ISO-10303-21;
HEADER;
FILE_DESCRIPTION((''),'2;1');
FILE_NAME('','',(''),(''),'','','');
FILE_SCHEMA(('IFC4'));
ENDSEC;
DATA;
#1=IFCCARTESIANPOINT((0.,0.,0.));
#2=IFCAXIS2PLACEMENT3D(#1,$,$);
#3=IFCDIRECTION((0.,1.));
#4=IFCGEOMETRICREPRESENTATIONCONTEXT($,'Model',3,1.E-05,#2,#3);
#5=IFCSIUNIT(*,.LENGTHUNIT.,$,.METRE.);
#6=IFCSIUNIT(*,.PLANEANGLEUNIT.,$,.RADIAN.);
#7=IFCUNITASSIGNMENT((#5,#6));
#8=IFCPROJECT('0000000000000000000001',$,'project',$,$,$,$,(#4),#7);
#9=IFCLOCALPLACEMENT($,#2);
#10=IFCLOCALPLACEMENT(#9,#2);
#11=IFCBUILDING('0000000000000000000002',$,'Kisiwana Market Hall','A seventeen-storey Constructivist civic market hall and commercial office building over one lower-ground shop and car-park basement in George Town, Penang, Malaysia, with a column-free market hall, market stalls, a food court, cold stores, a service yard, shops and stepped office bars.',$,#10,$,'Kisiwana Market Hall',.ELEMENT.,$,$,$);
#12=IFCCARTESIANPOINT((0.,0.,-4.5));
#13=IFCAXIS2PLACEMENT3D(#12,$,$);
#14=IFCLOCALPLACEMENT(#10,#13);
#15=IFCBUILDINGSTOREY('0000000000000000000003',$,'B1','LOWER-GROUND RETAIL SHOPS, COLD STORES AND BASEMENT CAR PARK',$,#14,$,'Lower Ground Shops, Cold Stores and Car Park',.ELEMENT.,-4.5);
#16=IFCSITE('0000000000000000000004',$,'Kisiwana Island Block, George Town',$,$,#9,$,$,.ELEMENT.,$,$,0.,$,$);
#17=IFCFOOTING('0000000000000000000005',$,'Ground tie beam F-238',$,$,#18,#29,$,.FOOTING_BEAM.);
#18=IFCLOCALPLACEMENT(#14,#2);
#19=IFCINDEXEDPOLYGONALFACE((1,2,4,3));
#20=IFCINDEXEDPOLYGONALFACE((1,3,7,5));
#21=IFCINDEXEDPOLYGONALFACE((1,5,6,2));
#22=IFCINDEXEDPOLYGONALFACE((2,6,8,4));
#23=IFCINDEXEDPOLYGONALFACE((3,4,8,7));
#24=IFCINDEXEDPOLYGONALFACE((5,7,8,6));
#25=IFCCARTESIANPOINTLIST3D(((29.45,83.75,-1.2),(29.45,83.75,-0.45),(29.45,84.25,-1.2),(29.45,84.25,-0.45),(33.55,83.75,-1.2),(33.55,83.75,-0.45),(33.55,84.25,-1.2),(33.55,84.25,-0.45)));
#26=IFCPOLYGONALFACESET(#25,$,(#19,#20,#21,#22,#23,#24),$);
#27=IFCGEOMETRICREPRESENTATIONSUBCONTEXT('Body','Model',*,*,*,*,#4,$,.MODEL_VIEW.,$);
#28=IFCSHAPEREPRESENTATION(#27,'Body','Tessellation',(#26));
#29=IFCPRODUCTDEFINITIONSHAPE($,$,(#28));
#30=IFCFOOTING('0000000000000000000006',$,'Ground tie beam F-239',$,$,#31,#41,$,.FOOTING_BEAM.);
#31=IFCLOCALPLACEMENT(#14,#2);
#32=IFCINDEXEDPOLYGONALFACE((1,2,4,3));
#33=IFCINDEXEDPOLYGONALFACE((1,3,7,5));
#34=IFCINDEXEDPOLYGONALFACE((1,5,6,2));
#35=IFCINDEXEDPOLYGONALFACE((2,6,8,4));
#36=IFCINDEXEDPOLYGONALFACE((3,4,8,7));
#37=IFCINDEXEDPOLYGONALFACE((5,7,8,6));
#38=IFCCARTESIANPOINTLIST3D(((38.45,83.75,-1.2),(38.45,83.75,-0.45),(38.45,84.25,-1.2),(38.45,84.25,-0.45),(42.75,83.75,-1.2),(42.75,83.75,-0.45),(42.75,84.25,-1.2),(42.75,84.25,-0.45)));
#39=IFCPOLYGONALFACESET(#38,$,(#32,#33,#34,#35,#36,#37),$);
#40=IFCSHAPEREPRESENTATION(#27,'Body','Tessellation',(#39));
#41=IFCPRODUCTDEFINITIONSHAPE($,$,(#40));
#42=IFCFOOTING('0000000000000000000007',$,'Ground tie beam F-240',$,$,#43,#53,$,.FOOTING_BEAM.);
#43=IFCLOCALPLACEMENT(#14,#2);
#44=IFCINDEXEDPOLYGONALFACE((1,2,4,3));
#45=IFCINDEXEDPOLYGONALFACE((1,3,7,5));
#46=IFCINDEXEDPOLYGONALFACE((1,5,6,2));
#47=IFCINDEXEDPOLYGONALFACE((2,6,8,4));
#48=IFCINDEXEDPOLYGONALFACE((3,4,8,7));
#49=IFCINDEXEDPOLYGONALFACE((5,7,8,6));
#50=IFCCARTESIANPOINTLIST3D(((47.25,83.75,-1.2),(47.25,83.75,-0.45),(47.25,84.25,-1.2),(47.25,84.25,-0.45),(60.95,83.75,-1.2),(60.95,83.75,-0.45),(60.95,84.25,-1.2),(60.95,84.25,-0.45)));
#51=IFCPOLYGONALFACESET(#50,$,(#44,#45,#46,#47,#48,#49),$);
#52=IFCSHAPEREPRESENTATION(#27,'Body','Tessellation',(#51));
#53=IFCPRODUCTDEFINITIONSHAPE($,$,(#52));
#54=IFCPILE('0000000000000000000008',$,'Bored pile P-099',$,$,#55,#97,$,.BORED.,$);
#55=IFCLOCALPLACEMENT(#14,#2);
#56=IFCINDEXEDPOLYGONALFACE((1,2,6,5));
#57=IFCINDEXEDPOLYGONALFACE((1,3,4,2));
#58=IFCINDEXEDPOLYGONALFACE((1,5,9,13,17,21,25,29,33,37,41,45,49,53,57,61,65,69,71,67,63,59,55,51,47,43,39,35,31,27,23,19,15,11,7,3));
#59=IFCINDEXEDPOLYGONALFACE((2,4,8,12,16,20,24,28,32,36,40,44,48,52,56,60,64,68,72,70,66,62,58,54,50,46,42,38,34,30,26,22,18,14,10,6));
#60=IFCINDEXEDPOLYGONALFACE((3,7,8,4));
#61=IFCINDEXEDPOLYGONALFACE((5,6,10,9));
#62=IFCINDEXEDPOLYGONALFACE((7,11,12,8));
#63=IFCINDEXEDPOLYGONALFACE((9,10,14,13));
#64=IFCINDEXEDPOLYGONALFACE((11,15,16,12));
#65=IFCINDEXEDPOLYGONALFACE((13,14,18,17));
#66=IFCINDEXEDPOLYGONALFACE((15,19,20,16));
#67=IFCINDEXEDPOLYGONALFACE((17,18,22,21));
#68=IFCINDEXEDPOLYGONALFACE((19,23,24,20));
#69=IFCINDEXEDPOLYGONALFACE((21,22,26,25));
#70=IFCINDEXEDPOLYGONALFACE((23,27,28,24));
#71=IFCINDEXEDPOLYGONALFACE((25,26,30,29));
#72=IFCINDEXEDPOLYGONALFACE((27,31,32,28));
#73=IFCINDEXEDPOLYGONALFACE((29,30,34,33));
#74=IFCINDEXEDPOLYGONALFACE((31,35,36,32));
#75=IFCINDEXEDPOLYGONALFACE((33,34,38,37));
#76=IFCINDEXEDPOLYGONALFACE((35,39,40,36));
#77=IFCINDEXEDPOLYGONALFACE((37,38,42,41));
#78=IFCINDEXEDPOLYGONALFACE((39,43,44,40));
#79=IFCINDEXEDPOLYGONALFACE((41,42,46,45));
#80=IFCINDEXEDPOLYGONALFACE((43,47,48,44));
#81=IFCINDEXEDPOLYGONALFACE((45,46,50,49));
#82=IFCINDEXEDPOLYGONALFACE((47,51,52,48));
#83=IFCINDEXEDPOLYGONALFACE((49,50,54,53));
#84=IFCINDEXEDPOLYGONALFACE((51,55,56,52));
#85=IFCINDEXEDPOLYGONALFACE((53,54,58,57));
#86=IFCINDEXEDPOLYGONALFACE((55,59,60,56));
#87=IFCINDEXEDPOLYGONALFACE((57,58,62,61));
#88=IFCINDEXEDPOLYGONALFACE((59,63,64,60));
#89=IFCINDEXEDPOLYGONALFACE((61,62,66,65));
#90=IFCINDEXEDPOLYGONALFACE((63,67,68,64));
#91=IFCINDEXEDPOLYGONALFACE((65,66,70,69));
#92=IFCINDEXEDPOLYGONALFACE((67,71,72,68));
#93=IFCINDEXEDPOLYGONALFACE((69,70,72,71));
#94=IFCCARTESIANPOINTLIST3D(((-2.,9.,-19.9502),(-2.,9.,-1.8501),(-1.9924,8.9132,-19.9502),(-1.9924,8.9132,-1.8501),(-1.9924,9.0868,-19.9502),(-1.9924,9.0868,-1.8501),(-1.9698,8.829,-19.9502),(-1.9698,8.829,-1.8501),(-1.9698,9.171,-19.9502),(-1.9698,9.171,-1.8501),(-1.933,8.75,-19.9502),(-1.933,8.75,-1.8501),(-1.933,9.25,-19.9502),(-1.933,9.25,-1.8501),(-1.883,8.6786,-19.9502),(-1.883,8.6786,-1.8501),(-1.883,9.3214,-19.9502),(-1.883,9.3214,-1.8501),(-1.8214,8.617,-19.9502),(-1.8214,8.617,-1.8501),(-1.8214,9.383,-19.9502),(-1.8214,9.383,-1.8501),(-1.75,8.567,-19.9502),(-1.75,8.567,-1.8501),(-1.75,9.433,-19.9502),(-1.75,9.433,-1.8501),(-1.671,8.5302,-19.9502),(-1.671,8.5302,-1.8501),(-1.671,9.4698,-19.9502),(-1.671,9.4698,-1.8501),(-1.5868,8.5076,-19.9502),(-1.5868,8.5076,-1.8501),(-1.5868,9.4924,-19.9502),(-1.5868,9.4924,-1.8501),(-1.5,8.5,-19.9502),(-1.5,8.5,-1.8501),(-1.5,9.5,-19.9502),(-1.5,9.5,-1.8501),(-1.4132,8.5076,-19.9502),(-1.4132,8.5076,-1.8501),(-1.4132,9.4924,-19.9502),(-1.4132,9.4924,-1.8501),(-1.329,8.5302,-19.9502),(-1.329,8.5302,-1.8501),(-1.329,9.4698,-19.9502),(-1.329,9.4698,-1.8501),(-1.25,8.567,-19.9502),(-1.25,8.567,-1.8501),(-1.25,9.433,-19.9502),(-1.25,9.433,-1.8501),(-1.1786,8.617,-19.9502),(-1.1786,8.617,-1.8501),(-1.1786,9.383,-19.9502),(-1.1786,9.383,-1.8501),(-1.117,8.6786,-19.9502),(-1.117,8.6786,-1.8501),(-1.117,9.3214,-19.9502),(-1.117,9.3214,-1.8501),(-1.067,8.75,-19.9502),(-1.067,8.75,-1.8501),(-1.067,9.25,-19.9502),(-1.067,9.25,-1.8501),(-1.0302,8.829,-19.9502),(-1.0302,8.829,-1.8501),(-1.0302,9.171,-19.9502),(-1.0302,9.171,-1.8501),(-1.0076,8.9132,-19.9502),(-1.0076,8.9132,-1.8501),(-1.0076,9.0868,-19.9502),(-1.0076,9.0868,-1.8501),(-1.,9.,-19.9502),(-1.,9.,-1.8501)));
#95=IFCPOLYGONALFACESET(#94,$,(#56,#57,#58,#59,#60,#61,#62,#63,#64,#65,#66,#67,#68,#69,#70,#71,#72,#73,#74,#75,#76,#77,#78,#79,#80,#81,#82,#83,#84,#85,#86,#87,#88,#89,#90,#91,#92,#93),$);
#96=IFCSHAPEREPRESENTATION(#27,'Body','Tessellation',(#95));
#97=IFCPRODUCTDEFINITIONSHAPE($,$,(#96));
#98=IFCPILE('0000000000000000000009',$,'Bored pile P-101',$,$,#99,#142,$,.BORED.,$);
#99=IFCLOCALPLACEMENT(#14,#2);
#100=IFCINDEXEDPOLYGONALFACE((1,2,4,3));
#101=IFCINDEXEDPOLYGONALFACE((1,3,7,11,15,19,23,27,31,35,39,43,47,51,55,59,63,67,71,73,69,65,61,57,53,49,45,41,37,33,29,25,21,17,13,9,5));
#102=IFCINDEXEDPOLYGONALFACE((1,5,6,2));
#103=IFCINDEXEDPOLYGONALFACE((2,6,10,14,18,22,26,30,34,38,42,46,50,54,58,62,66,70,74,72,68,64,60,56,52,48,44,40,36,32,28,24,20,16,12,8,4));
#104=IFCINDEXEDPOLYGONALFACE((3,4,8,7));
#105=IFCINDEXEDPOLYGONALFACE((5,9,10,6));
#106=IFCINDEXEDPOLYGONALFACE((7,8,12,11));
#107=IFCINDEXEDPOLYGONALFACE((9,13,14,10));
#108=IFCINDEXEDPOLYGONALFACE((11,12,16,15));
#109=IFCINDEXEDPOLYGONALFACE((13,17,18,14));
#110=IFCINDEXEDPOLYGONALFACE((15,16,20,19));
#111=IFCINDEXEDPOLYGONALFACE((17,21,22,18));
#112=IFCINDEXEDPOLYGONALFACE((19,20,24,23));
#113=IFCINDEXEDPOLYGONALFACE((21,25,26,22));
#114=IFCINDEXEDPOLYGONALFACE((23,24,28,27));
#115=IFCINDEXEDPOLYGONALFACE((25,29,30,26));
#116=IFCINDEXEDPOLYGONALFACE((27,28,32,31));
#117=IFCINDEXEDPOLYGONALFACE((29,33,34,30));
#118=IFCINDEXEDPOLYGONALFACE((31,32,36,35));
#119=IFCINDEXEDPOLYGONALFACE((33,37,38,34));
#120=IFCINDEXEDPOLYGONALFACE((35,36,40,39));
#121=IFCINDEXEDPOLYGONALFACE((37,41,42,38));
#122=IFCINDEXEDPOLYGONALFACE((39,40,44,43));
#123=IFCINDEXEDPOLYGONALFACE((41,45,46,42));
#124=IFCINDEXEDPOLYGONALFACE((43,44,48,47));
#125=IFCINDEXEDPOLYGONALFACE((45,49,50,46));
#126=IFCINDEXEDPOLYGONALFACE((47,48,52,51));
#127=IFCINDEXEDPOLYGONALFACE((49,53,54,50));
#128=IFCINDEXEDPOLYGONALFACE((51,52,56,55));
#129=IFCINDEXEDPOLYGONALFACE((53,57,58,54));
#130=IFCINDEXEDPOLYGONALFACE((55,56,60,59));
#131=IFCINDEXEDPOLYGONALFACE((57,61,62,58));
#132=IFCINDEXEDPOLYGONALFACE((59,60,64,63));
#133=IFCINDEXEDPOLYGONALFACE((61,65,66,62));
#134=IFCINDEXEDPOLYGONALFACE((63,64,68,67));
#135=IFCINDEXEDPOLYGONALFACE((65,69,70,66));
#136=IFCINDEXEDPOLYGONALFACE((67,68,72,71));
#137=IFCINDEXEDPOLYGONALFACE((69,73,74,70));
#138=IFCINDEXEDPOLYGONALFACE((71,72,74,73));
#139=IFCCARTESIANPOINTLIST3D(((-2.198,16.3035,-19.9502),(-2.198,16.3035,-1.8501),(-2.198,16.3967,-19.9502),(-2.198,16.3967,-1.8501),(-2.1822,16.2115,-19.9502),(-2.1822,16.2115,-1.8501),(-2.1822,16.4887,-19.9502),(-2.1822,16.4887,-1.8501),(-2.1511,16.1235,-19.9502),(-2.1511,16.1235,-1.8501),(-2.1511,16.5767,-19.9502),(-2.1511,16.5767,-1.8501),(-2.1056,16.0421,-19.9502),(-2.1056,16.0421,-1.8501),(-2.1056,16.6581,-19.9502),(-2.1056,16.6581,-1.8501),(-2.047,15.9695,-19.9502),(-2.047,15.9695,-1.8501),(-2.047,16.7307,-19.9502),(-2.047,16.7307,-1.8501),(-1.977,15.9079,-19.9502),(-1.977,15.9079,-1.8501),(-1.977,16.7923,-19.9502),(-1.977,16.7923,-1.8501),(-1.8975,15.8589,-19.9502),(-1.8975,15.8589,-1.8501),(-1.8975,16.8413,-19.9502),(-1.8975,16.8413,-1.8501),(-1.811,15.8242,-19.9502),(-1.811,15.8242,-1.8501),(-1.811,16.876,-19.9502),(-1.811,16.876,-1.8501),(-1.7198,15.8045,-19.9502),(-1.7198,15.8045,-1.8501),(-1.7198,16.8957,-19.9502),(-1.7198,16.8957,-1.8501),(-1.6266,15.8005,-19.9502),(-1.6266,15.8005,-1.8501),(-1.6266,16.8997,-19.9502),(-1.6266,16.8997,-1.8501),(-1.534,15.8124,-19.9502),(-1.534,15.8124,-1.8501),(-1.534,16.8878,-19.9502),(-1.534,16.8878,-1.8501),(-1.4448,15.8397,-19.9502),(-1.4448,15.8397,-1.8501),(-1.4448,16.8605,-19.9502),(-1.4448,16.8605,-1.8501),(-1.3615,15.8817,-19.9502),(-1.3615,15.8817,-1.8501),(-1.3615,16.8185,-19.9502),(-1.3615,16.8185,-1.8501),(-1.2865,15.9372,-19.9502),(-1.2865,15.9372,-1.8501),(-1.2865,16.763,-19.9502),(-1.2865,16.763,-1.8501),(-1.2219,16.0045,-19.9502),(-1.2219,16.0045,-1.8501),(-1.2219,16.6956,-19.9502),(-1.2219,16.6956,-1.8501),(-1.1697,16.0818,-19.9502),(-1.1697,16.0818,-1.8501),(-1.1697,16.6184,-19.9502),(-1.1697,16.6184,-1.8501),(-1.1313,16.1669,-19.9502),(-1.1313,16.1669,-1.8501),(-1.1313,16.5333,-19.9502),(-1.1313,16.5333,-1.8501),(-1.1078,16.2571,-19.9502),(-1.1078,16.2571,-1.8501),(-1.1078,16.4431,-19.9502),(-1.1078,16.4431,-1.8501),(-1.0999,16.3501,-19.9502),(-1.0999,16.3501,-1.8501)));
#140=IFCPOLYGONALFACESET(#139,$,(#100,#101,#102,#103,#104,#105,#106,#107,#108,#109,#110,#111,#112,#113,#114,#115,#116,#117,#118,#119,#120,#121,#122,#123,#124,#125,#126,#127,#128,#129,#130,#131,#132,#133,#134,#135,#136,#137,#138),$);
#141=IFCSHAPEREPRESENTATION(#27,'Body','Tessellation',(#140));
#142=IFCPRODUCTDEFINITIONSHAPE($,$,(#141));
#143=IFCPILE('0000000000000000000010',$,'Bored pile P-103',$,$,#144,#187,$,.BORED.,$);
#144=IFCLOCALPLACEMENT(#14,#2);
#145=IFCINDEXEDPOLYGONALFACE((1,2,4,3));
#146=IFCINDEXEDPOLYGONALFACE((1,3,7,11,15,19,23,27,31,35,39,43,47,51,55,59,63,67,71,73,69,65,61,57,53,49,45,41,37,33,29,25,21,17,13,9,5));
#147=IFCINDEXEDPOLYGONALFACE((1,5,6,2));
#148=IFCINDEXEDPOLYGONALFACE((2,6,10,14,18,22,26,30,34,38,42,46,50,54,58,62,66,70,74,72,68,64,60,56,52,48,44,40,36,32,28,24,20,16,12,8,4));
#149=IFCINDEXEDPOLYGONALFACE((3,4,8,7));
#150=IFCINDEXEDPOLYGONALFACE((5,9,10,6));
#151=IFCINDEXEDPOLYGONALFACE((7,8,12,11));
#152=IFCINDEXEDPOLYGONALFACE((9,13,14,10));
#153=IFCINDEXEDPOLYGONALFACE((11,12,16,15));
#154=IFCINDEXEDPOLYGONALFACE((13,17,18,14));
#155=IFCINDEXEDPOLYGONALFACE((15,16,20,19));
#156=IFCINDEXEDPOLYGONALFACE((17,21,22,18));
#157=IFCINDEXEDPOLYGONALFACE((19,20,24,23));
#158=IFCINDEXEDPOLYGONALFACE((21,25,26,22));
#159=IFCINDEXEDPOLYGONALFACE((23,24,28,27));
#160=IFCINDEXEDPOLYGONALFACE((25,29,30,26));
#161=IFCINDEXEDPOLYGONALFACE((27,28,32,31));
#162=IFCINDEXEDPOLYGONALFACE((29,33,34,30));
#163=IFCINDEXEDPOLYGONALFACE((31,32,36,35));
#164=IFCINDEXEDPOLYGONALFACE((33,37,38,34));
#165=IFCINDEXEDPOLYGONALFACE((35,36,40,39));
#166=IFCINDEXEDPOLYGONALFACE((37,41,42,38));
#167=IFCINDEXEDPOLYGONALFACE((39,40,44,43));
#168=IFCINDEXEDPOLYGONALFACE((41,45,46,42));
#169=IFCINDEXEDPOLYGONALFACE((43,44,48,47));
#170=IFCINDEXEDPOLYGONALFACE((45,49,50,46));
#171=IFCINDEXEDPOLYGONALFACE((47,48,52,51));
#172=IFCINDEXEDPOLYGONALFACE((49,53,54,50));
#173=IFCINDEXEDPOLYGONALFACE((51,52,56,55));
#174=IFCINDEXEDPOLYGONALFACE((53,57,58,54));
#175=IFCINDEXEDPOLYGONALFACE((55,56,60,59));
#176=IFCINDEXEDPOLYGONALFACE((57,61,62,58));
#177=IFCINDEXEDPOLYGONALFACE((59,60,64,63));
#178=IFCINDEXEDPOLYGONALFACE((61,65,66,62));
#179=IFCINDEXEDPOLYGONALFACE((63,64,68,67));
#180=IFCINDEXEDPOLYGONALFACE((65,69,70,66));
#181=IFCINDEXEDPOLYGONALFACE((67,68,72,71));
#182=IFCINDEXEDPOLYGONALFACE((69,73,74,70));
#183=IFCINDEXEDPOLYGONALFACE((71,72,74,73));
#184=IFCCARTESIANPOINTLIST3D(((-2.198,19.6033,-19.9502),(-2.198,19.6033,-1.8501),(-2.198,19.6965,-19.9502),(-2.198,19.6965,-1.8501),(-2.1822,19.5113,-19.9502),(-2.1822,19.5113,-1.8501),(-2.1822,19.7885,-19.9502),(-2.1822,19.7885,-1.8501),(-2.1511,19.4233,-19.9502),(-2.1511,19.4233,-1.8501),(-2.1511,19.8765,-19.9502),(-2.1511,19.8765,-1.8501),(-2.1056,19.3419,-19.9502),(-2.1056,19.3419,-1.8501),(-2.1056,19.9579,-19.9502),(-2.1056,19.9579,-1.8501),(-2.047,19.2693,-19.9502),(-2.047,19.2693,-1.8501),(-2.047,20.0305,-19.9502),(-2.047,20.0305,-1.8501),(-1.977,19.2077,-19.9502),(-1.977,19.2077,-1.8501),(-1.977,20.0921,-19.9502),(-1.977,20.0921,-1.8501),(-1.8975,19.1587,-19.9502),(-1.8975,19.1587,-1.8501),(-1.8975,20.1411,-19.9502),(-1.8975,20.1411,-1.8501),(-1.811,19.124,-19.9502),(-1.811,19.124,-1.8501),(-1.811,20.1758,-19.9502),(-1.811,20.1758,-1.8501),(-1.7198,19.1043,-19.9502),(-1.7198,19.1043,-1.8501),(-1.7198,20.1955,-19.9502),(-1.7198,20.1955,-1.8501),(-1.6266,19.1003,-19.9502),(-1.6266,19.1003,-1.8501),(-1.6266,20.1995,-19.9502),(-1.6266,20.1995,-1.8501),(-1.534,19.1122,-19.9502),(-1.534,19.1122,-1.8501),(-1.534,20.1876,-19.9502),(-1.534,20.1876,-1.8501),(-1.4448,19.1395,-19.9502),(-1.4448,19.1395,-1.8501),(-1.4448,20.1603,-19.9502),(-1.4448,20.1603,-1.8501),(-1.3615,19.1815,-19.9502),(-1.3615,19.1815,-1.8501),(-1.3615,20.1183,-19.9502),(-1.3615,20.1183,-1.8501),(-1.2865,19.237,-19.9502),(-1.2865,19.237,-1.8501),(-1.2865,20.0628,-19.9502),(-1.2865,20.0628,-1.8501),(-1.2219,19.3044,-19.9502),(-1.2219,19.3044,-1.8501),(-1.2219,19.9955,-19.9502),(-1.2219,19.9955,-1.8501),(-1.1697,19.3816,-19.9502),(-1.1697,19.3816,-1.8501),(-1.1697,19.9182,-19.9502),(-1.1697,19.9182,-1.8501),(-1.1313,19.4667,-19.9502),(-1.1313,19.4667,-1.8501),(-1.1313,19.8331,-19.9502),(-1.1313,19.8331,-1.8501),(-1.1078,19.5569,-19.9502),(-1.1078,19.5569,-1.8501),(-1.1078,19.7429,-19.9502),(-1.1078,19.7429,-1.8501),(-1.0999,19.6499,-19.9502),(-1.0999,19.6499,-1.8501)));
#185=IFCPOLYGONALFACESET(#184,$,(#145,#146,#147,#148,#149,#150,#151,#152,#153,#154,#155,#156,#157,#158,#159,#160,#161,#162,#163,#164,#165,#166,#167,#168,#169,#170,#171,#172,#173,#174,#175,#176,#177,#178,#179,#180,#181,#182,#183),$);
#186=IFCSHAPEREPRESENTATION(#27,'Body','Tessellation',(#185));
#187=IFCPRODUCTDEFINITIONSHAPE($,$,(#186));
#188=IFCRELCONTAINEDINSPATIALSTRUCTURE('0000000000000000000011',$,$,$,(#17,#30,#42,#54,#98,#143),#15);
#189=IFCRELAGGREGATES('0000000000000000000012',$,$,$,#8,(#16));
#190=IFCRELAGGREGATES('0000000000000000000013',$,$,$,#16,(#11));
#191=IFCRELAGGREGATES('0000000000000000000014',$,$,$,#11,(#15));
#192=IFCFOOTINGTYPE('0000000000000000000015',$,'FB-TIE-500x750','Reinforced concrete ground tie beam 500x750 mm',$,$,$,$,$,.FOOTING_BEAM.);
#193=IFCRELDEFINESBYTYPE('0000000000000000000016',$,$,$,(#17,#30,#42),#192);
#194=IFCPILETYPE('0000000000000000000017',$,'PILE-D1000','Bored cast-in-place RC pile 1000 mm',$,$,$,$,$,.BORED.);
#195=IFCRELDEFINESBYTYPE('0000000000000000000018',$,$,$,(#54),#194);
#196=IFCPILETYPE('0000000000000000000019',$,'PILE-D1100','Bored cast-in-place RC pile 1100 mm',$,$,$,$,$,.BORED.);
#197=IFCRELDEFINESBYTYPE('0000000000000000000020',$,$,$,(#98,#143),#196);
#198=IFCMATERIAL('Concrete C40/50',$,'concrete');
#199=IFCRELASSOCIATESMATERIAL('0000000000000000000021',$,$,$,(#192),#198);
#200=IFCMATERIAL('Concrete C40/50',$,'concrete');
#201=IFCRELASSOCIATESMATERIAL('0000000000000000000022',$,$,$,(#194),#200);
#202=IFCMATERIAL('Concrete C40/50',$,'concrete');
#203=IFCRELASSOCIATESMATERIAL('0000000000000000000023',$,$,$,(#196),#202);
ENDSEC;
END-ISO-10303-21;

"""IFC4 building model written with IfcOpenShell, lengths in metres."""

from ifc_helpers import new_model, si_unit, direction, frame, origin, origin_2d, place, context, subcontext, project, spatial, polyline, circle, outline, extrude, material, material_profile, profile_set, type_object, element, save


model = new_model("IFC4")

# Units and contexts
model_context = context("Model", 3, precision=1e-05, world=origin(), true_north=direction((0.0, 1.0)))
body_context = subcontext(model_context, "Body", "Model", "MODEL_VIEW")
ifc_project = project(units=[si_unit("LENGTHUNIT", "METRE"), si_unit("PLANEANGLEUNIT", "RADIAN")], contexts=[model_context])

# Site, building, storey
site_placement = place(None, origin())
site = spatial("IfcSite", under=ifc_project, at=site_placement, Name="Kisiwana Island Block, George Town", CompositionType="ELEMENT", RefElevation=0.0)
building_placement = place(site_placement, origin())
building = spatial("IfcBuilding", under=site, at=building_placement, Name="Kisiwana Market Hall", Description="A seventeen-storey Constructivist civic market hall and commercial office building over one lower-ground shop and car-park basement in George Town, Penang, Malaysia, with a column-free market hall, market stalls, a food court, cold stores, a service yard, shops and stepped office bars.", LongName="Kisiwana Market Hall", CompositionType="ELEMENT")
storey_placement = place(building_placement, frame((0.0, 0.0, -4.5)))
storey = spatial("IfcBuildingStorey", under=building, at=storey_placement, Name="B1", Description="LOWER-GROUND RETAIL SHOPS, COLD STORES AND BASEMENT CAR PARK", LongName="Lower Ground Shops, Cold Stores and Car Park", CompositionType="ELEMENT", Elevation=-4.5)

# Footings
ifc_material_1 = material(Name="Concrete C40/50", Category="concrete")
footing_type = type_object("IfcFootingType", Name="FB-TIE-500x750", Description="Reinforced concrete ground tie beam 500x750 mm", PredefinedType="FOOTING_BEAM", material=ifc_material_1)
footing_1_placement = place(storey_placement, frame((0.0, 0.0, -1.2)))
element("IfcFooting", 1, at=footing_1_placement, inside=storey, type_object=footing_type, Name="Ground tie beam F-238", PredefinedType="FOOTING_BEAM", context=body_context, shape_type="SweptSolid", body=[
    extrude(outline(polyline([(29.45, 83.75), (33.55, 83.75), (33.55, 84.25), (29.45, 84.25), (29.45, 83.75)])), origin(), (0.0, 0.0, 1.0), 0.75),
])
footing_2_placement = place(storey_placement, frame((0.0, 0.0, -1.2)))
element("IfcFooting", 2, at=footing_2_placement, inside=storey, type_object=footing_type, Name="Ground tie beam F-239", PredefinedType="FOOTING_BEAM", context=body_context, shape_type="SweptSolid", body=[
    extrude(outline(polyline([(38.45, 83.75), (42.75, 83.75), (42.75, 84.25), (38.45, 84.25), (38.45, 83.75)])), origin(), (0.0, 0.0, 1.0), 0.75),
])
footing_3_placement = place(storey_placement, frame((0.0, 0.0, -1.2)))
element("IfcFooting", 3, at=footing_3_placement, inside=storey, type_object=footing_type, Name="Ground tie beam F-240", PredefinedType="FOOTING_BEAM", context=body_context, shape_type="SweptSolid", body=[
    extrude(outline(polyline([(47.25, 83.75), (60.95, 83.75), (60.95, 84.25), (47.25, 84.25), (47.25, 83.75)])), origin(), (0.0, 0.0, 1.0), 0.75),
])

# Piles
ifc_material_2 = material(Name="Concrete C40/50", Category="concrete")
ifc_material_profile_1 = material_profile(ifc_material_2, circle(Radius=0.5, at=origin_2d()), Name="BP D1000")
ifc_profile_set_1 = profile_set([ifc_material_profile_1], Name="Concrete C40/50")
pile_type_1 = type_object("IfcPileType", Name="PILE-D1000", Description="Bored cast-in-place RC pile 1000 mm", PredefinedType="BORED", material=ifc_profile_set_1)
pile_placement = place(storey_placement, frame((-1.5, 9.0, -1.8501), z_axis=(0.0, 0.0, -1.0), x_axis=(1.0, 0.0, 0.0)))
element("IfcPile", 4, at=pile_placement, inside=storey, type_object=pile_type_1, Name="Bored pile P-099", PredefinedType="BORED", context=body_context, shape_type="SweptSolid", body=[
    extrude(circle(Radius=0.5, at=origin_2d()), origin(), (0.0, 0.0, 1.0), 18.1001),
])
ifc_material_3 = material(Name="Concrete C40/50", Category="concrete")
ifc_material_profile_2 = material_profile(ifc_material_3, circle(Radius=0.55, at=origin_2d()), Name="BP D1100")
ifc_profile_set_2 = profile_set([ifc_material_profile_2], Name="Concrete C40/50")
pile_type_2 = type_object("IfcPileType", Name="PILE-D1100", Description="Bored cast-in-place RC pile 1100 mm", PredefinedType="BORED", material=ifc_profile_set_2)
for number, where, z_axis, x_axis, name in (
    (5, (-1.6499, 16.3501, -1.8501), (0.0, 0.0, -1.0), (1.0, 0.0, 0.0), "Bored pile P-101"),
    (6, (-1.6499, 19.6499, -1.8501), (0.0, 0.0, -1.0), (1.0, 0.0, 0.0), "Bored pile P-103"),
):
    element("IfcPile", number, at=place(storey_placement, frame(where, z_axis=z_axis, x_axis=x_axis)), inside=storey, type_object=pile_type_2, Name=name, PredefinedType="BORED", context=body_context, shape_type="SweptSolid", body=[
        extrude(circle(Radius=0.55, at=origin_2d()), origin(), (0.0, 0.0, 1.0), 18.1001),
    ])

save(model, "model.ifc")
